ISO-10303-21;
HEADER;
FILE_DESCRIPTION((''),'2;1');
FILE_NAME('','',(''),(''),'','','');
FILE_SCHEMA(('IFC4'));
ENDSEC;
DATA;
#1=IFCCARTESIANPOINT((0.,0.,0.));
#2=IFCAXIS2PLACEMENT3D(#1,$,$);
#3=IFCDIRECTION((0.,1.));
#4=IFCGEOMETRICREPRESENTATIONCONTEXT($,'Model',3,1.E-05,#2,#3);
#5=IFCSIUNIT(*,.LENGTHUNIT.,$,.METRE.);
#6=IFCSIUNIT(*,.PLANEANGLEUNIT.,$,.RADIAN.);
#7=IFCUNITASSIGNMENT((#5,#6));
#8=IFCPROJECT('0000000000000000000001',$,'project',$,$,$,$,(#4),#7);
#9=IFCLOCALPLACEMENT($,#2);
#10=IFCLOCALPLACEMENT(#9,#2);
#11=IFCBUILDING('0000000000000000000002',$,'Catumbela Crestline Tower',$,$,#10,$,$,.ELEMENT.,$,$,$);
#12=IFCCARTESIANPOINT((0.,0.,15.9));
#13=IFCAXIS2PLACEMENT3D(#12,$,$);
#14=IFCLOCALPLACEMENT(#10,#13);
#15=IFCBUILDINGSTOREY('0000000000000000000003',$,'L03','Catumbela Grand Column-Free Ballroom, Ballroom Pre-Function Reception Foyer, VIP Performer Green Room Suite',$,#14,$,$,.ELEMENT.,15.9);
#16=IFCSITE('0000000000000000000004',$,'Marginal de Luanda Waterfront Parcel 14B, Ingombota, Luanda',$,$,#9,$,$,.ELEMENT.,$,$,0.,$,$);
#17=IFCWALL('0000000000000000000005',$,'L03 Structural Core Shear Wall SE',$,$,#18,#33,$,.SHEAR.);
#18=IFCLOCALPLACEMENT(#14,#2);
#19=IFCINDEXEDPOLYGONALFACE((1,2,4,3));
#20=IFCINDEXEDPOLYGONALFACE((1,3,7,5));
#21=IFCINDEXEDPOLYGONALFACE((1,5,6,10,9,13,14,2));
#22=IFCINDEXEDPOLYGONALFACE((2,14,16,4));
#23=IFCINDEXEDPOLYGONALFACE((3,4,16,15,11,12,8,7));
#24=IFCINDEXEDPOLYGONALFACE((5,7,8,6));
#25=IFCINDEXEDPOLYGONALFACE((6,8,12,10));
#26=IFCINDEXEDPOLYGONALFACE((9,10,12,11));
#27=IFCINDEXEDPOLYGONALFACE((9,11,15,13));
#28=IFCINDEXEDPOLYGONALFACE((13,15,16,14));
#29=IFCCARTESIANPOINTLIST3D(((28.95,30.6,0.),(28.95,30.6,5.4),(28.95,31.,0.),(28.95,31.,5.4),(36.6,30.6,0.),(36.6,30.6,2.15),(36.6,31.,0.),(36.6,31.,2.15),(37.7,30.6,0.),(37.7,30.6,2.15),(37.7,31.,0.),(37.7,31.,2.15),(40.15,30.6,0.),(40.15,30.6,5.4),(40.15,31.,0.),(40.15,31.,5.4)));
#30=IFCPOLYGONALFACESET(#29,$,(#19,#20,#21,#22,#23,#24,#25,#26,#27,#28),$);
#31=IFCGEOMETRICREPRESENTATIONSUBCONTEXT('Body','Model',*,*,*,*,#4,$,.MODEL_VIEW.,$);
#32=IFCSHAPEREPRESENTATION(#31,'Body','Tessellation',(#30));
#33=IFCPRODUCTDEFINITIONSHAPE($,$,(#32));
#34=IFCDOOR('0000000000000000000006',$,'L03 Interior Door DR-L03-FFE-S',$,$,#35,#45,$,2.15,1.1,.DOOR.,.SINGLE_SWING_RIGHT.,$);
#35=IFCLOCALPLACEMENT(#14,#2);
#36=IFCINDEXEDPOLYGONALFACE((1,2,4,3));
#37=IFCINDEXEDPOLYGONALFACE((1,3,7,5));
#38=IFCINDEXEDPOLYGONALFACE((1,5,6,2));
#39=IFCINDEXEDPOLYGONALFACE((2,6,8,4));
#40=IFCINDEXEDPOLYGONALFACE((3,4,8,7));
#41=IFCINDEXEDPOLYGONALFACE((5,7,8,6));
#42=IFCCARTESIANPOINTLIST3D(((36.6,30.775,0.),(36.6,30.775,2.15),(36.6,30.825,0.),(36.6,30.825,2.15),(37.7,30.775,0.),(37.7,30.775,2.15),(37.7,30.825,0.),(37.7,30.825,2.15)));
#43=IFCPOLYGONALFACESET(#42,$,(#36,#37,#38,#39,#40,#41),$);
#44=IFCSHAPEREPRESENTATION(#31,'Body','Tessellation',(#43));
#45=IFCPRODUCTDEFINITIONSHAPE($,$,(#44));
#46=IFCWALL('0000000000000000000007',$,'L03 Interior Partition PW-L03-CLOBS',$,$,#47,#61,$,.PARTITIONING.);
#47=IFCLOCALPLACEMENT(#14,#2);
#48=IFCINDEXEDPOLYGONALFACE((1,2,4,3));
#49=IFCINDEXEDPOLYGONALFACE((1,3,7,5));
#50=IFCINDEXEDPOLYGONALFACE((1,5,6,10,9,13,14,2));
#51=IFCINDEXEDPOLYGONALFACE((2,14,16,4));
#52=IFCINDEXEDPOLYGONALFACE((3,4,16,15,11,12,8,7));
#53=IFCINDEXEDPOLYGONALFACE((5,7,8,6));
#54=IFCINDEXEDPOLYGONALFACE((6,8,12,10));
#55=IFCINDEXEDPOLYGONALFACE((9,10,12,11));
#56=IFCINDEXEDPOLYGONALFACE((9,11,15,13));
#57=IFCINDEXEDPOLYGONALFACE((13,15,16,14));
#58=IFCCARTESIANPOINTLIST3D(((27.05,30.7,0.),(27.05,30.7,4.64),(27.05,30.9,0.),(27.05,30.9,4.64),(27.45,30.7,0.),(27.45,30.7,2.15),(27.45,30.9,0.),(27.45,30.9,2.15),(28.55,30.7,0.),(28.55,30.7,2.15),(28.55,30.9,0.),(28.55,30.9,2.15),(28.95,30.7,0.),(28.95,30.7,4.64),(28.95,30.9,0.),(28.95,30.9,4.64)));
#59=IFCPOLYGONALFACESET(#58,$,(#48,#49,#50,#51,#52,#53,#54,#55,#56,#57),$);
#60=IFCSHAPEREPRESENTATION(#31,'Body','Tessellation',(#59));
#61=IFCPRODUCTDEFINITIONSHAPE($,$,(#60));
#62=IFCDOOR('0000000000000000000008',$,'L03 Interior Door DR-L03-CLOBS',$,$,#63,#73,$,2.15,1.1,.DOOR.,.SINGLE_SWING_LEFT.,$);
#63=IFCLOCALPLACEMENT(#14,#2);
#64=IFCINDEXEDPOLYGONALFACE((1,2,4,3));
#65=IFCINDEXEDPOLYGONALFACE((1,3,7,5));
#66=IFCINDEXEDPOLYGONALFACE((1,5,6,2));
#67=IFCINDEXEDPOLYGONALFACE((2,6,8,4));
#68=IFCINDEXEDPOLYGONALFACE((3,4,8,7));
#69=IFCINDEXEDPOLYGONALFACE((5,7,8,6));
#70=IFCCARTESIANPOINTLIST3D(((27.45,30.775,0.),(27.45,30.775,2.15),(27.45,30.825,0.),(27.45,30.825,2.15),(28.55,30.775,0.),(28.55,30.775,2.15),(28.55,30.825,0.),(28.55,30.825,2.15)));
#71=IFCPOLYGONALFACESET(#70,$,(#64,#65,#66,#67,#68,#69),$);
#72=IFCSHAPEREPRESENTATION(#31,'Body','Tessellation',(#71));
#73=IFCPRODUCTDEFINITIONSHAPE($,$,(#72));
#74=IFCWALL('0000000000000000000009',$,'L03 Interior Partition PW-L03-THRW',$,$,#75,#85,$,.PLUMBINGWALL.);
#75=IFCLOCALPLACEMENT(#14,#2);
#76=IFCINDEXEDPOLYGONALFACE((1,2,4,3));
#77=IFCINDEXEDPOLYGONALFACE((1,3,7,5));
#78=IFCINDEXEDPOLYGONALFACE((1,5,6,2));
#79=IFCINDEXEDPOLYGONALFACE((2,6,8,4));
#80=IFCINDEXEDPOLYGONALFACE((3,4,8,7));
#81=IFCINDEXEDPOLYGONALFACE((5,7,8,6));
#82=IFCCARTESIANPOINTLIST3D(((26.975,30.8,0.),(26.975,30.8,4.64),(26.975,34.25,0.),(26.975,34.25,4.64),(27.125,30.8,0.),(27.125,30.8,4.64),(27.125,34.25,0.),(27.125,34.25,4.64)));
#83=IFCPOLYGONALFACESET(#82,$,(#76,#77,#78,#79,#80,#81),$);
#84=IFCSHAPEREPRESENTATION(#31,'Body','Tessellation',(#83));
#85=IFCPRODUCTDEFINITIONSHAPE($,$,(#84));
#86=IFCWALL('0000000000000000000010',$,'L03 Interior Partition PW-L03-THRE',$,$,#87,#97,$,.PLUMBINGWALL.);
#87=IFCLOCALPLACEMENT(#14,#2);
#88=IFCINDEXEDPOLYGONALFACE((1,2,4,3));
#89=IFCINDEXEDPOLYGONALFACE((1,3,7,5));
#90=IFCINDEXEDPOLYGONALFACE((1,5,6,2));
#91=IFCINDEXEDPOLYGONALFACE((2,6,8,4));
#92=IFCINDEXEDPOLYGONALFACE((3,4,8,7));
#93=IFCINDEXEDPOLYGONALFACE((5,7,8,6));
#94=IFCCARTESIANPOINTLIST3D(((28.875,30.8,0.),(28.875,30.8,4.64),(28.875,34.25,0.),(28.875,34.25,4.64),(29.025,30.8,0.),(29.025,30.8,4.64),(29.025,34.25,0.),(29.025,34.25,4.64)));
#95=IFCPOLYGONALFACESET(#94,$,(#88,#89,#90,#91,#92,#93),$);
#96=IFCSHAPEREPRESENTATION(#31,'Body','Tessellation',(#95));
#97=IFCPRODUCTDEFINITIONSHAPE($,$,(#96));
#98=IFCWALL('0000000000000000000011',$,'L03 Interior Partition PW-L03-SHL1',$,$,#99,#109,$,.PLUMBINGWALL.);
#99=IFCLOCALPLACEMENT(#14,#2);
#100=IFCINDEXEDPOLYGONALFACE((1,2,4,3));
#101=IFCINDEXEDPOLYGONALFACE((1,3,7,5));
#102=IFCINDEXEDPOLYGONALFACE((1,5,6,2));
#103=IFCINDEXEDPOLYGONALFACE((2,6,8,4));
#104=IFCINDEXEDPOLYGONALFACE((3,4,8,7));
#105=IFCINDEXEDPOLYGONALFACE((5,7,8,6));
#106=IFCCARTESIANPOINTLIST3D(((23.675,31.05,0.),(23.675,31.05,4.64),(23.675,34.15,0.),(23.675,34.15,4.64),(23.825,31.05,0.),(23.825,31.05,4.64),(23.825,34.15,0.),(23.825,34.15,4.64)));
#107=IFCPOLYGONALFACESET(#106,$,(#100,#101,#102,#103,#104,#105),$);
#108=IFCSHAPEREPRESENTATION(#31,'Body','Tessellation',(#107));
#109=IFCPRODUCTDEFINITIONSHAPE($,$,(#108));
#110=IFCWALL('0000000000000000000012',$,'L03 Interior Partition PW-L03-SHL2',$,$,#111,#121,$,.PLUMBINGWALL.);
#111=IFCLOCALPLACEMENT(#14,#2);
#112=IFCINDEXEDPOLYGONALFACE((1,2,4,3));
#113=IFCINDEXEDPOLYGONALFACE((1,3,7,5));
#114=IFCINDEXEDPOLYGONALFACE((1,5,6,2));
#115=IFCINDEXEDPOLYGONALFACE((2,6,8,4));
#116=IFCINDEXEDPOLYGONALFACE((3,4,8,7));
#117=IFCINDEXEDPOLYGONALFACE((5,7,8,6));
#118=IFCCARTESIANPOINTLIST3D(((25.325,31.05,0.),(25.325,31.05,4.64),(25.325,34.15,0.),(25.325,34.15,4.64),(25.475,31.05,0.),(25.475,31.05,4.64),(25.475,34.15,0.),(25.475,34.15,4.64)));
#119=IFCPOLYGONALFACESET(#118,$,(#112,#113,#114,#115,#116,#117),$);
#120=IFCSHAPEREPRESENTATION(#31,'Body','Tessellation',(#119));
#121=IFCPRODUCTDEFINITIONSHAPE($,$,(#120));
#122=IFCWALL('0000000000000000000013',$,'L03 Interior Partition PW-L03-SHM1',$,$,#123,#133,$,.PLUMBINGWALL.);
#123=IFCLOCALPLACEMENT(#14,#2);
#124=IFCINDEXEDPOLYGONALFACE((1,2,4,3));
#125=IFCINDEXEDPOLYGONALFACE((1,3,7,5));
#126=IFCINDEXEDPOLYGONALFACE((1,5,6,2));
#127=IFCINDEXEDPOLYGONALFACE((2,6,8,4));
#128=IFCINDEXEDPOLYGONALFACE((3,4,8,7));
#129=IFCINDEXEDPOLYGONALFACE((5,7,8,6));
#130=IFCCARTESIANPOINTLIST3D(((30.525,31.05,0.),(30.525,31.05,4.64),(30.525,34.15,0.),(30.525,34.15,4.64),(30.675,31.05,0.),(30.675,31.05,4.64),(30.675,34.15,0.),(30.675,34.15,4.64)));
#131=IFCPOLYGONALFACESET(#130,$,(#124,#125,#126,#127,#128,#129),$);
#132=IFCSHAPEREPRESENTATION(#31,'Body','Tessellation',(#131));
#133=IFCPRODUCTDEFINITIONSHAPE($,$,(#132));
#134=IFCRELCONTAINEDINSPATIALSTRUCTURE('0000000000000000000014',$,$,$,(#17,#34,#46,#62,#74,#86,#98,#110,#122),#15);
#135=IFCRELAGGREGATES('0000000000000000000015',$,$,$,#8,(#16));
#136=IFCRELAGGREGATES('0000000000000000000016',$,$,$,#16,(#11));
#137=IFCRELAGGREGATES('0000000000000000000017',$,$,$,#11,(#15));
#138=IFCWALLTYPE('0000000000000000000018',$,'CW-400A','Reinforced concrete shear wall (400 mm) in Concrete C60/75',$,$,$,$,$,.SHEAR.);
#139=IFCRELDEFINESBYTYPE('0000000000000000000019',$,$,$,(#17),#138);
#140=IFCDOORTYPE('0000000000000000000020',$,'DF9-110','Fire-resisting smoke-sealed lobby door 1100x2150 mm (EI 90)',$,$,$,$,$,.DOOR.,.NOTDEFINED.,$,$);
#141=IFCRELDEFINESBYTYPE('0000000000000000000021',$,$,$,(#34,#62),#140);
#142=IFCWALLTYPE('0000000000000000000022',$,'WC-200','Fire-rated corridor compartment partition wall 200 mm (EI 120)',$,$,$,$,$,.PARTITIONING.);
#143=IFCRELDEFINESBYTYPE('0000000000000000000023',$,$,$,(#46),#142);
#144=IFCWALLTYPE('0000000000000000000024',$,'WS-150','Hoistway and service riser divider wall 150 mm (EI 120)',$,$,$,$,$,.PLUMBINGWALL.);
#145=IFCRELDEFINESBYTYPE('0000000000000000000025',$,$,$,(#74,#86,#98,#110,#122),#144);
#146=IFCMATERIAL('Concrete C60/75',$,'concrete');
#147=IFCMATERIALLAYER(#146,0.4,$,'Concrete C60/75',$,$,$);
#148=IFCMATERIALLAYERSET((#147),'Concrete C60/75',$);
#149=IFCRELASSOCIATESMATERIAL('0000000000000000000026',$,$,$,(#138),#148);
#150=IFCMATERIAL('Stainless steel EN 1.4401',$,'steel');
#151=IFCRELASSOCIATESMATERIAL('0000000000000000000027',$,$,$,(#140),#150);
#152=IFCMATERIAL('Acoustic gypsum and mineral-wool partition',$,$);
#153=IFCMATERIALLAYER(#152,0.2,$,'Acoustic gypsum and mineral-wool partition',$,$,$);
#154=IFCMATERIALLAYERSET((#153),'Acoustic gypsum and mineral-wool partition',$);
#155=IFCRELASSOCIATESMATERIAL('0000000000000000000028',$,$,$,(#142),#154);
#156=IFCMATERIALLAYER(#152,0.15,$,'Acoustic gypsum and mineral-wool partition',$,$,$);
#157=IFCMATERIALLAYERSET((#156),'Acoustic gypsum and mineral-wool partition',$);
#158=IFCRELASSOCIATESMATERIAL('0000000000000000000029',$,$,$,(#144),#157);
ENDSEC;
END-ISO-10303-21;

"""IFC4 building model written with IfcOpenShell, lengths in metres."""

from ifc_helpers import new_model, si_unit, direction, frame, frame_2d, origin, place, context, subcontext, project, spatial, rectangle, extrude, material, layer, layer_set, type_object, element, fill, save


model = new_model("IFC4")

# Units and contexts
model_context = context("Model", 3, precision=1e-05, world=origin(), true_north=direction((0.0, 1.0)))
body_context = subcontext(model_context, "Body", "Model", "MODEL_VIEW")
ifc_project = project(units=[si_unit("LENGTHUNIT", "METRE"), si_unit("PLANEANGLEUNIT", "RADIAN")], contexts=[model_context])

# Site, building, storey
site_placement = place(None, origin())
site = spatial("IfcSite", under=ifc_project, at=site_placement, Name="Marginal de Luanda Waterfront Parcel 14B, Ingombota, Luanda", CompositionType="ELEMENT", RefElevation=0.0)
building_placement = place(site_placement, origin())
building = spatial("IfcBuilding", under=site, at=building_placement, Name="Catumbela Crestline Tower", CompositionType="ELEMENT")
storey_placement = place(building_placement, frame((0.0, 0.0, 15.9)))
storey = spatial("IfcBuildingStorey", under=building, at=storey_placement, Name="L03", Description="Catumbela Grand Column-Free Ballroom, Ballroom Pre-Function Reception Foyer, VIP Performer Green Room Suite", CompositionType="ELEMENT", Elevation=15.9)

# Shared definitions
ifc_material_1 = material(Name="Concrete C60/75", Category="concrete")

# Walls, openings, doors
ifc_layer_1 = layer(ifc_material_1, 0.4, Name="Concrete C60/75")
ifc_layer_set_1 = layer_set([ifc_layer_1], Name="Concrete C60/75")
wall_type_1 = type_object("IfcWallType", Name="CW-400A", Description="Reinforced concrete shear wall (400 mm) in Concrete C60/75", PredefinedType="SHEAR", material=ifc_layer_set_1)
wall_1_placement = place(storey_placement, frame((28.95, 30.8, 0.0), z_axis=(0.0, 0.0, 1.0), x_axis=(1.0, 0.0, 0.0)))
wall_1 = element("IfcWall", 1, at=wall_1_placement, inside=storey, type_object=wall_type_1, Name="L03 Structural Core Shear Wall SE", PredefinedType="SHEAR", context=body_context, shape_type="SweptSolid", body=[
    extrude(rectangle(XDim=11.2, YDim=0.4, at=frame_2d((5.6, 0.0))), origin(), (0.0, 0.0, 1.0), 5.4),
])
opening_1_placement = place(wall_1_placement, frame((7.65, 0.0, 0.0)))
opening_1 = element("IfcOpeningElement", 2, at=opening_1_placement, cuts=wall_1, PredefinedType="OPENING", context=body_context, shape_type="SweptSolid", body=[
    extrude(rectangle(XDim=1.1, YDim=2.15, at=frame_2d((0.55, 1.075))), frame((0.0, 0.21, 0.0), z_axis=(0.0, -1.0, 0.0), x_axis=(1.0, 0.0, 0.0)), (0.0, 0.0, 1.0), 0.42),
])
ifc_material_2 = material(Name="Stainless steel EN 1.4401", Category="steel")
door_type = type_object("IfcDoorType", Name="DF9-110", Description="Fire-resisting smoke-sealed lobby door 1100x2150 mm (EI 90)", OperationType="NOTDEFINED", PredefinedType="DOOR", material=ifc_material_2)
door_1_placement = place(opening_1_placement, origin())
door_1 = element("IfcDoor", 3, at=door_1_placement, inside=storey, type_object=door_type, Name="L03 Interior Door DR-L03-FFE-S", OperationType="SINGLE_SWING_RIGHT", OverallHeight=2.15, OverallWidth=1.1, PredefinedType="DOOR", context=body_context, shape_type="SweptSolid", body=[
    extrude(rectangle(XDim=1.1, YDim=2.15, at=frame_2d((0.55, 1.075))), frame((0.0, 0.025, 0.0), z_axis=(0.0, -1.0, 0.0), x_axis=(1.0, 0.0, 0.0)), (0.0, 0.0, 1.0), 0.05),
])
fill(opening_1, door_1)
ifc_material_3 = material(Name="Acoustic gypsum and mineral-wool partition")
ifc_layer_2 = layer(ifc_material_3, 0.2, Name="Acoustic gypsum and mineral-wool partition")
ifc_layer_set_2 = layer_set([ifc_layer_2], Name="Acoustic gypsum and mineral-wool partition")
wall_type_2 = type_object("IfcWallType", Name="WC-200", Description="Fire-rated corridor compartment partition wall 200 mm (EI 120)", PredefinedType="PARTITIONING", material=ifc_layer_set_2)
wall_2_placement = place(storey_placement, frame((27.05, 30.8, 0.0), z_axis=(0.0, 0.0, 1.0), x_axis=(1.0, 0.0, 0.0)))
wall_2 = element("IfcWall", 4, at=wall_2_placement, inside=storey, type_object=wall_type_2, Name="L03 Interior Partition PW-L03-CLOBS", PredefinedType="PARTITIONING", context=body_context, shape_type="SweptSolid", body=[
    extrude(rectangle(XDim=1.9, YDim=0.2, at=frame_2d((0.95, 0.0))), origin(), (0.0, 0.0, 1.0), 4.64),
])
opening_2_placement = place(wall_2_placement, frame((0.4, 0.0, 0.0)))
opening_2 = element("IfcOpeningElement", 5, at=opening_2_placement, cuts=wall_2, PredefinedType="OPENING", context=body_context, shape_type="SweptSolid", body=[
    extrude(rectangle(XDim=1.1, YDim=2.15, at=frame_2d((0.55, 1.075))), frame((0.0, 0.11, 0.0), z_axis=(0.0, -1.0, 0.0), x_axis=(1.0, 0.0, 0.0)), (0.0, 0.0, 1.0), 0.22),
])
door_2_placement = place(opening_2_placement, origin())
door_2 = element("IfcDoor", 6, at=door_2_placement, inside=storey, type_object=door_type, Name="L03 Interior Door DR-L03-CLOBS", OperationType="SINGLE_SWING_LEFT", OverallHeight=2.15, OverallWidth=1.1, PredefinedType="DOOR", context=body_context, shape_type="SweptSolid", body=[
    extrude(rectangle(XDim=1.1, YDim=2.15, at=frame_2d((0.55, 1.075))), frame((0.0, 0.025, 0.0), z_axis=(0.0, -1.0, 0.0), x_axis=(1.0, 0.0, 0.0)), (0.0, 0.0, 1.0), 0.05),
])
fill(opening_2, door_2)

# Walls
ifc_layer_3 = layer(ifc_material_3, 0.15, Name="Acoustic gypsum and mineral-wool partition")
ifc_layer_set_3 = layer_set([ifc_layer_3], Name="Acoustic gypsum and mineral-wool partition")
wall_type_3 = type_object("IfcWallType", Name="WS-150", Description="Hoistway and service riser divider wall 150 mm (EI 120)", PredefinedType="PLUMBINGWALL", material=ifc_layer_set_3)
for number, where, z_axis, x_axis, name in (
    (7, (27.05, 30.8, 0.0), (0.0, 0.0, 1.0), (0.0, 1.0, 0.0), "L03 Interior Partition PW-L03-THRW"),
    (8, (28.95, 30.8, 0.0), (0.0, 0.0, 1.0), (0.0, 1.0, 0.0), "L03 Interior Partition PW-L03-THRE"),
):
    element("IfcWall", number, at=place(storey_placement, frame(where, z_axis=z_axis, x_axis=x_axis)), inside=storey, type_object=wall_type_3, Name=name, PredefinedType="PLUMBINGWALL", context=body_context, shape_type="SweptSolid", body=[
        extrude(rectangle(XDim=3.45, YDim=0.15, at=frame_2d((1.725, 0.0))), origin(), (0.0, 0.0, 1.0), 4.64),
    ])
for number, where, z_axis, x_axis, name in (
    (9, (23.75, 31.05, 0.0), (0.0, 0.0, 1.0), (0.0, 1.0, 0.0), "L03 Interior Partition PW-L03-SHL1"),
    (10, (25.4, 31.05, 0.0), (0.0, 0.0, 1.0), (0.0, 1.0, 0.0), "L03 Interior Partition PW-L03-SHL2"),
    (11, (30.6, 31.05, 0.0), (0.0, 0.0, 1.0), (0.0, 1.0, 0.0), "L03 Interior Partition PW-L03-SHM1"),
):
    element("IfcWall", number, at=place(storey_placement, frame(where, z_axis=z_axis, x_axis=x_axis)), inside=storey, type_object=wall_type_3, Name=name, PredefinedType="PLUMBINGWALL", context=body_context, shape_type="SweptSolid", body=[
        extrude(rectangle(XDim=3.1, YDim=0.15, at=frame_2d((1.55, 0.0))), origin(), (0.0, 0.0, 1.0), 4.64),
    ])

save(model, "model.ifc")
